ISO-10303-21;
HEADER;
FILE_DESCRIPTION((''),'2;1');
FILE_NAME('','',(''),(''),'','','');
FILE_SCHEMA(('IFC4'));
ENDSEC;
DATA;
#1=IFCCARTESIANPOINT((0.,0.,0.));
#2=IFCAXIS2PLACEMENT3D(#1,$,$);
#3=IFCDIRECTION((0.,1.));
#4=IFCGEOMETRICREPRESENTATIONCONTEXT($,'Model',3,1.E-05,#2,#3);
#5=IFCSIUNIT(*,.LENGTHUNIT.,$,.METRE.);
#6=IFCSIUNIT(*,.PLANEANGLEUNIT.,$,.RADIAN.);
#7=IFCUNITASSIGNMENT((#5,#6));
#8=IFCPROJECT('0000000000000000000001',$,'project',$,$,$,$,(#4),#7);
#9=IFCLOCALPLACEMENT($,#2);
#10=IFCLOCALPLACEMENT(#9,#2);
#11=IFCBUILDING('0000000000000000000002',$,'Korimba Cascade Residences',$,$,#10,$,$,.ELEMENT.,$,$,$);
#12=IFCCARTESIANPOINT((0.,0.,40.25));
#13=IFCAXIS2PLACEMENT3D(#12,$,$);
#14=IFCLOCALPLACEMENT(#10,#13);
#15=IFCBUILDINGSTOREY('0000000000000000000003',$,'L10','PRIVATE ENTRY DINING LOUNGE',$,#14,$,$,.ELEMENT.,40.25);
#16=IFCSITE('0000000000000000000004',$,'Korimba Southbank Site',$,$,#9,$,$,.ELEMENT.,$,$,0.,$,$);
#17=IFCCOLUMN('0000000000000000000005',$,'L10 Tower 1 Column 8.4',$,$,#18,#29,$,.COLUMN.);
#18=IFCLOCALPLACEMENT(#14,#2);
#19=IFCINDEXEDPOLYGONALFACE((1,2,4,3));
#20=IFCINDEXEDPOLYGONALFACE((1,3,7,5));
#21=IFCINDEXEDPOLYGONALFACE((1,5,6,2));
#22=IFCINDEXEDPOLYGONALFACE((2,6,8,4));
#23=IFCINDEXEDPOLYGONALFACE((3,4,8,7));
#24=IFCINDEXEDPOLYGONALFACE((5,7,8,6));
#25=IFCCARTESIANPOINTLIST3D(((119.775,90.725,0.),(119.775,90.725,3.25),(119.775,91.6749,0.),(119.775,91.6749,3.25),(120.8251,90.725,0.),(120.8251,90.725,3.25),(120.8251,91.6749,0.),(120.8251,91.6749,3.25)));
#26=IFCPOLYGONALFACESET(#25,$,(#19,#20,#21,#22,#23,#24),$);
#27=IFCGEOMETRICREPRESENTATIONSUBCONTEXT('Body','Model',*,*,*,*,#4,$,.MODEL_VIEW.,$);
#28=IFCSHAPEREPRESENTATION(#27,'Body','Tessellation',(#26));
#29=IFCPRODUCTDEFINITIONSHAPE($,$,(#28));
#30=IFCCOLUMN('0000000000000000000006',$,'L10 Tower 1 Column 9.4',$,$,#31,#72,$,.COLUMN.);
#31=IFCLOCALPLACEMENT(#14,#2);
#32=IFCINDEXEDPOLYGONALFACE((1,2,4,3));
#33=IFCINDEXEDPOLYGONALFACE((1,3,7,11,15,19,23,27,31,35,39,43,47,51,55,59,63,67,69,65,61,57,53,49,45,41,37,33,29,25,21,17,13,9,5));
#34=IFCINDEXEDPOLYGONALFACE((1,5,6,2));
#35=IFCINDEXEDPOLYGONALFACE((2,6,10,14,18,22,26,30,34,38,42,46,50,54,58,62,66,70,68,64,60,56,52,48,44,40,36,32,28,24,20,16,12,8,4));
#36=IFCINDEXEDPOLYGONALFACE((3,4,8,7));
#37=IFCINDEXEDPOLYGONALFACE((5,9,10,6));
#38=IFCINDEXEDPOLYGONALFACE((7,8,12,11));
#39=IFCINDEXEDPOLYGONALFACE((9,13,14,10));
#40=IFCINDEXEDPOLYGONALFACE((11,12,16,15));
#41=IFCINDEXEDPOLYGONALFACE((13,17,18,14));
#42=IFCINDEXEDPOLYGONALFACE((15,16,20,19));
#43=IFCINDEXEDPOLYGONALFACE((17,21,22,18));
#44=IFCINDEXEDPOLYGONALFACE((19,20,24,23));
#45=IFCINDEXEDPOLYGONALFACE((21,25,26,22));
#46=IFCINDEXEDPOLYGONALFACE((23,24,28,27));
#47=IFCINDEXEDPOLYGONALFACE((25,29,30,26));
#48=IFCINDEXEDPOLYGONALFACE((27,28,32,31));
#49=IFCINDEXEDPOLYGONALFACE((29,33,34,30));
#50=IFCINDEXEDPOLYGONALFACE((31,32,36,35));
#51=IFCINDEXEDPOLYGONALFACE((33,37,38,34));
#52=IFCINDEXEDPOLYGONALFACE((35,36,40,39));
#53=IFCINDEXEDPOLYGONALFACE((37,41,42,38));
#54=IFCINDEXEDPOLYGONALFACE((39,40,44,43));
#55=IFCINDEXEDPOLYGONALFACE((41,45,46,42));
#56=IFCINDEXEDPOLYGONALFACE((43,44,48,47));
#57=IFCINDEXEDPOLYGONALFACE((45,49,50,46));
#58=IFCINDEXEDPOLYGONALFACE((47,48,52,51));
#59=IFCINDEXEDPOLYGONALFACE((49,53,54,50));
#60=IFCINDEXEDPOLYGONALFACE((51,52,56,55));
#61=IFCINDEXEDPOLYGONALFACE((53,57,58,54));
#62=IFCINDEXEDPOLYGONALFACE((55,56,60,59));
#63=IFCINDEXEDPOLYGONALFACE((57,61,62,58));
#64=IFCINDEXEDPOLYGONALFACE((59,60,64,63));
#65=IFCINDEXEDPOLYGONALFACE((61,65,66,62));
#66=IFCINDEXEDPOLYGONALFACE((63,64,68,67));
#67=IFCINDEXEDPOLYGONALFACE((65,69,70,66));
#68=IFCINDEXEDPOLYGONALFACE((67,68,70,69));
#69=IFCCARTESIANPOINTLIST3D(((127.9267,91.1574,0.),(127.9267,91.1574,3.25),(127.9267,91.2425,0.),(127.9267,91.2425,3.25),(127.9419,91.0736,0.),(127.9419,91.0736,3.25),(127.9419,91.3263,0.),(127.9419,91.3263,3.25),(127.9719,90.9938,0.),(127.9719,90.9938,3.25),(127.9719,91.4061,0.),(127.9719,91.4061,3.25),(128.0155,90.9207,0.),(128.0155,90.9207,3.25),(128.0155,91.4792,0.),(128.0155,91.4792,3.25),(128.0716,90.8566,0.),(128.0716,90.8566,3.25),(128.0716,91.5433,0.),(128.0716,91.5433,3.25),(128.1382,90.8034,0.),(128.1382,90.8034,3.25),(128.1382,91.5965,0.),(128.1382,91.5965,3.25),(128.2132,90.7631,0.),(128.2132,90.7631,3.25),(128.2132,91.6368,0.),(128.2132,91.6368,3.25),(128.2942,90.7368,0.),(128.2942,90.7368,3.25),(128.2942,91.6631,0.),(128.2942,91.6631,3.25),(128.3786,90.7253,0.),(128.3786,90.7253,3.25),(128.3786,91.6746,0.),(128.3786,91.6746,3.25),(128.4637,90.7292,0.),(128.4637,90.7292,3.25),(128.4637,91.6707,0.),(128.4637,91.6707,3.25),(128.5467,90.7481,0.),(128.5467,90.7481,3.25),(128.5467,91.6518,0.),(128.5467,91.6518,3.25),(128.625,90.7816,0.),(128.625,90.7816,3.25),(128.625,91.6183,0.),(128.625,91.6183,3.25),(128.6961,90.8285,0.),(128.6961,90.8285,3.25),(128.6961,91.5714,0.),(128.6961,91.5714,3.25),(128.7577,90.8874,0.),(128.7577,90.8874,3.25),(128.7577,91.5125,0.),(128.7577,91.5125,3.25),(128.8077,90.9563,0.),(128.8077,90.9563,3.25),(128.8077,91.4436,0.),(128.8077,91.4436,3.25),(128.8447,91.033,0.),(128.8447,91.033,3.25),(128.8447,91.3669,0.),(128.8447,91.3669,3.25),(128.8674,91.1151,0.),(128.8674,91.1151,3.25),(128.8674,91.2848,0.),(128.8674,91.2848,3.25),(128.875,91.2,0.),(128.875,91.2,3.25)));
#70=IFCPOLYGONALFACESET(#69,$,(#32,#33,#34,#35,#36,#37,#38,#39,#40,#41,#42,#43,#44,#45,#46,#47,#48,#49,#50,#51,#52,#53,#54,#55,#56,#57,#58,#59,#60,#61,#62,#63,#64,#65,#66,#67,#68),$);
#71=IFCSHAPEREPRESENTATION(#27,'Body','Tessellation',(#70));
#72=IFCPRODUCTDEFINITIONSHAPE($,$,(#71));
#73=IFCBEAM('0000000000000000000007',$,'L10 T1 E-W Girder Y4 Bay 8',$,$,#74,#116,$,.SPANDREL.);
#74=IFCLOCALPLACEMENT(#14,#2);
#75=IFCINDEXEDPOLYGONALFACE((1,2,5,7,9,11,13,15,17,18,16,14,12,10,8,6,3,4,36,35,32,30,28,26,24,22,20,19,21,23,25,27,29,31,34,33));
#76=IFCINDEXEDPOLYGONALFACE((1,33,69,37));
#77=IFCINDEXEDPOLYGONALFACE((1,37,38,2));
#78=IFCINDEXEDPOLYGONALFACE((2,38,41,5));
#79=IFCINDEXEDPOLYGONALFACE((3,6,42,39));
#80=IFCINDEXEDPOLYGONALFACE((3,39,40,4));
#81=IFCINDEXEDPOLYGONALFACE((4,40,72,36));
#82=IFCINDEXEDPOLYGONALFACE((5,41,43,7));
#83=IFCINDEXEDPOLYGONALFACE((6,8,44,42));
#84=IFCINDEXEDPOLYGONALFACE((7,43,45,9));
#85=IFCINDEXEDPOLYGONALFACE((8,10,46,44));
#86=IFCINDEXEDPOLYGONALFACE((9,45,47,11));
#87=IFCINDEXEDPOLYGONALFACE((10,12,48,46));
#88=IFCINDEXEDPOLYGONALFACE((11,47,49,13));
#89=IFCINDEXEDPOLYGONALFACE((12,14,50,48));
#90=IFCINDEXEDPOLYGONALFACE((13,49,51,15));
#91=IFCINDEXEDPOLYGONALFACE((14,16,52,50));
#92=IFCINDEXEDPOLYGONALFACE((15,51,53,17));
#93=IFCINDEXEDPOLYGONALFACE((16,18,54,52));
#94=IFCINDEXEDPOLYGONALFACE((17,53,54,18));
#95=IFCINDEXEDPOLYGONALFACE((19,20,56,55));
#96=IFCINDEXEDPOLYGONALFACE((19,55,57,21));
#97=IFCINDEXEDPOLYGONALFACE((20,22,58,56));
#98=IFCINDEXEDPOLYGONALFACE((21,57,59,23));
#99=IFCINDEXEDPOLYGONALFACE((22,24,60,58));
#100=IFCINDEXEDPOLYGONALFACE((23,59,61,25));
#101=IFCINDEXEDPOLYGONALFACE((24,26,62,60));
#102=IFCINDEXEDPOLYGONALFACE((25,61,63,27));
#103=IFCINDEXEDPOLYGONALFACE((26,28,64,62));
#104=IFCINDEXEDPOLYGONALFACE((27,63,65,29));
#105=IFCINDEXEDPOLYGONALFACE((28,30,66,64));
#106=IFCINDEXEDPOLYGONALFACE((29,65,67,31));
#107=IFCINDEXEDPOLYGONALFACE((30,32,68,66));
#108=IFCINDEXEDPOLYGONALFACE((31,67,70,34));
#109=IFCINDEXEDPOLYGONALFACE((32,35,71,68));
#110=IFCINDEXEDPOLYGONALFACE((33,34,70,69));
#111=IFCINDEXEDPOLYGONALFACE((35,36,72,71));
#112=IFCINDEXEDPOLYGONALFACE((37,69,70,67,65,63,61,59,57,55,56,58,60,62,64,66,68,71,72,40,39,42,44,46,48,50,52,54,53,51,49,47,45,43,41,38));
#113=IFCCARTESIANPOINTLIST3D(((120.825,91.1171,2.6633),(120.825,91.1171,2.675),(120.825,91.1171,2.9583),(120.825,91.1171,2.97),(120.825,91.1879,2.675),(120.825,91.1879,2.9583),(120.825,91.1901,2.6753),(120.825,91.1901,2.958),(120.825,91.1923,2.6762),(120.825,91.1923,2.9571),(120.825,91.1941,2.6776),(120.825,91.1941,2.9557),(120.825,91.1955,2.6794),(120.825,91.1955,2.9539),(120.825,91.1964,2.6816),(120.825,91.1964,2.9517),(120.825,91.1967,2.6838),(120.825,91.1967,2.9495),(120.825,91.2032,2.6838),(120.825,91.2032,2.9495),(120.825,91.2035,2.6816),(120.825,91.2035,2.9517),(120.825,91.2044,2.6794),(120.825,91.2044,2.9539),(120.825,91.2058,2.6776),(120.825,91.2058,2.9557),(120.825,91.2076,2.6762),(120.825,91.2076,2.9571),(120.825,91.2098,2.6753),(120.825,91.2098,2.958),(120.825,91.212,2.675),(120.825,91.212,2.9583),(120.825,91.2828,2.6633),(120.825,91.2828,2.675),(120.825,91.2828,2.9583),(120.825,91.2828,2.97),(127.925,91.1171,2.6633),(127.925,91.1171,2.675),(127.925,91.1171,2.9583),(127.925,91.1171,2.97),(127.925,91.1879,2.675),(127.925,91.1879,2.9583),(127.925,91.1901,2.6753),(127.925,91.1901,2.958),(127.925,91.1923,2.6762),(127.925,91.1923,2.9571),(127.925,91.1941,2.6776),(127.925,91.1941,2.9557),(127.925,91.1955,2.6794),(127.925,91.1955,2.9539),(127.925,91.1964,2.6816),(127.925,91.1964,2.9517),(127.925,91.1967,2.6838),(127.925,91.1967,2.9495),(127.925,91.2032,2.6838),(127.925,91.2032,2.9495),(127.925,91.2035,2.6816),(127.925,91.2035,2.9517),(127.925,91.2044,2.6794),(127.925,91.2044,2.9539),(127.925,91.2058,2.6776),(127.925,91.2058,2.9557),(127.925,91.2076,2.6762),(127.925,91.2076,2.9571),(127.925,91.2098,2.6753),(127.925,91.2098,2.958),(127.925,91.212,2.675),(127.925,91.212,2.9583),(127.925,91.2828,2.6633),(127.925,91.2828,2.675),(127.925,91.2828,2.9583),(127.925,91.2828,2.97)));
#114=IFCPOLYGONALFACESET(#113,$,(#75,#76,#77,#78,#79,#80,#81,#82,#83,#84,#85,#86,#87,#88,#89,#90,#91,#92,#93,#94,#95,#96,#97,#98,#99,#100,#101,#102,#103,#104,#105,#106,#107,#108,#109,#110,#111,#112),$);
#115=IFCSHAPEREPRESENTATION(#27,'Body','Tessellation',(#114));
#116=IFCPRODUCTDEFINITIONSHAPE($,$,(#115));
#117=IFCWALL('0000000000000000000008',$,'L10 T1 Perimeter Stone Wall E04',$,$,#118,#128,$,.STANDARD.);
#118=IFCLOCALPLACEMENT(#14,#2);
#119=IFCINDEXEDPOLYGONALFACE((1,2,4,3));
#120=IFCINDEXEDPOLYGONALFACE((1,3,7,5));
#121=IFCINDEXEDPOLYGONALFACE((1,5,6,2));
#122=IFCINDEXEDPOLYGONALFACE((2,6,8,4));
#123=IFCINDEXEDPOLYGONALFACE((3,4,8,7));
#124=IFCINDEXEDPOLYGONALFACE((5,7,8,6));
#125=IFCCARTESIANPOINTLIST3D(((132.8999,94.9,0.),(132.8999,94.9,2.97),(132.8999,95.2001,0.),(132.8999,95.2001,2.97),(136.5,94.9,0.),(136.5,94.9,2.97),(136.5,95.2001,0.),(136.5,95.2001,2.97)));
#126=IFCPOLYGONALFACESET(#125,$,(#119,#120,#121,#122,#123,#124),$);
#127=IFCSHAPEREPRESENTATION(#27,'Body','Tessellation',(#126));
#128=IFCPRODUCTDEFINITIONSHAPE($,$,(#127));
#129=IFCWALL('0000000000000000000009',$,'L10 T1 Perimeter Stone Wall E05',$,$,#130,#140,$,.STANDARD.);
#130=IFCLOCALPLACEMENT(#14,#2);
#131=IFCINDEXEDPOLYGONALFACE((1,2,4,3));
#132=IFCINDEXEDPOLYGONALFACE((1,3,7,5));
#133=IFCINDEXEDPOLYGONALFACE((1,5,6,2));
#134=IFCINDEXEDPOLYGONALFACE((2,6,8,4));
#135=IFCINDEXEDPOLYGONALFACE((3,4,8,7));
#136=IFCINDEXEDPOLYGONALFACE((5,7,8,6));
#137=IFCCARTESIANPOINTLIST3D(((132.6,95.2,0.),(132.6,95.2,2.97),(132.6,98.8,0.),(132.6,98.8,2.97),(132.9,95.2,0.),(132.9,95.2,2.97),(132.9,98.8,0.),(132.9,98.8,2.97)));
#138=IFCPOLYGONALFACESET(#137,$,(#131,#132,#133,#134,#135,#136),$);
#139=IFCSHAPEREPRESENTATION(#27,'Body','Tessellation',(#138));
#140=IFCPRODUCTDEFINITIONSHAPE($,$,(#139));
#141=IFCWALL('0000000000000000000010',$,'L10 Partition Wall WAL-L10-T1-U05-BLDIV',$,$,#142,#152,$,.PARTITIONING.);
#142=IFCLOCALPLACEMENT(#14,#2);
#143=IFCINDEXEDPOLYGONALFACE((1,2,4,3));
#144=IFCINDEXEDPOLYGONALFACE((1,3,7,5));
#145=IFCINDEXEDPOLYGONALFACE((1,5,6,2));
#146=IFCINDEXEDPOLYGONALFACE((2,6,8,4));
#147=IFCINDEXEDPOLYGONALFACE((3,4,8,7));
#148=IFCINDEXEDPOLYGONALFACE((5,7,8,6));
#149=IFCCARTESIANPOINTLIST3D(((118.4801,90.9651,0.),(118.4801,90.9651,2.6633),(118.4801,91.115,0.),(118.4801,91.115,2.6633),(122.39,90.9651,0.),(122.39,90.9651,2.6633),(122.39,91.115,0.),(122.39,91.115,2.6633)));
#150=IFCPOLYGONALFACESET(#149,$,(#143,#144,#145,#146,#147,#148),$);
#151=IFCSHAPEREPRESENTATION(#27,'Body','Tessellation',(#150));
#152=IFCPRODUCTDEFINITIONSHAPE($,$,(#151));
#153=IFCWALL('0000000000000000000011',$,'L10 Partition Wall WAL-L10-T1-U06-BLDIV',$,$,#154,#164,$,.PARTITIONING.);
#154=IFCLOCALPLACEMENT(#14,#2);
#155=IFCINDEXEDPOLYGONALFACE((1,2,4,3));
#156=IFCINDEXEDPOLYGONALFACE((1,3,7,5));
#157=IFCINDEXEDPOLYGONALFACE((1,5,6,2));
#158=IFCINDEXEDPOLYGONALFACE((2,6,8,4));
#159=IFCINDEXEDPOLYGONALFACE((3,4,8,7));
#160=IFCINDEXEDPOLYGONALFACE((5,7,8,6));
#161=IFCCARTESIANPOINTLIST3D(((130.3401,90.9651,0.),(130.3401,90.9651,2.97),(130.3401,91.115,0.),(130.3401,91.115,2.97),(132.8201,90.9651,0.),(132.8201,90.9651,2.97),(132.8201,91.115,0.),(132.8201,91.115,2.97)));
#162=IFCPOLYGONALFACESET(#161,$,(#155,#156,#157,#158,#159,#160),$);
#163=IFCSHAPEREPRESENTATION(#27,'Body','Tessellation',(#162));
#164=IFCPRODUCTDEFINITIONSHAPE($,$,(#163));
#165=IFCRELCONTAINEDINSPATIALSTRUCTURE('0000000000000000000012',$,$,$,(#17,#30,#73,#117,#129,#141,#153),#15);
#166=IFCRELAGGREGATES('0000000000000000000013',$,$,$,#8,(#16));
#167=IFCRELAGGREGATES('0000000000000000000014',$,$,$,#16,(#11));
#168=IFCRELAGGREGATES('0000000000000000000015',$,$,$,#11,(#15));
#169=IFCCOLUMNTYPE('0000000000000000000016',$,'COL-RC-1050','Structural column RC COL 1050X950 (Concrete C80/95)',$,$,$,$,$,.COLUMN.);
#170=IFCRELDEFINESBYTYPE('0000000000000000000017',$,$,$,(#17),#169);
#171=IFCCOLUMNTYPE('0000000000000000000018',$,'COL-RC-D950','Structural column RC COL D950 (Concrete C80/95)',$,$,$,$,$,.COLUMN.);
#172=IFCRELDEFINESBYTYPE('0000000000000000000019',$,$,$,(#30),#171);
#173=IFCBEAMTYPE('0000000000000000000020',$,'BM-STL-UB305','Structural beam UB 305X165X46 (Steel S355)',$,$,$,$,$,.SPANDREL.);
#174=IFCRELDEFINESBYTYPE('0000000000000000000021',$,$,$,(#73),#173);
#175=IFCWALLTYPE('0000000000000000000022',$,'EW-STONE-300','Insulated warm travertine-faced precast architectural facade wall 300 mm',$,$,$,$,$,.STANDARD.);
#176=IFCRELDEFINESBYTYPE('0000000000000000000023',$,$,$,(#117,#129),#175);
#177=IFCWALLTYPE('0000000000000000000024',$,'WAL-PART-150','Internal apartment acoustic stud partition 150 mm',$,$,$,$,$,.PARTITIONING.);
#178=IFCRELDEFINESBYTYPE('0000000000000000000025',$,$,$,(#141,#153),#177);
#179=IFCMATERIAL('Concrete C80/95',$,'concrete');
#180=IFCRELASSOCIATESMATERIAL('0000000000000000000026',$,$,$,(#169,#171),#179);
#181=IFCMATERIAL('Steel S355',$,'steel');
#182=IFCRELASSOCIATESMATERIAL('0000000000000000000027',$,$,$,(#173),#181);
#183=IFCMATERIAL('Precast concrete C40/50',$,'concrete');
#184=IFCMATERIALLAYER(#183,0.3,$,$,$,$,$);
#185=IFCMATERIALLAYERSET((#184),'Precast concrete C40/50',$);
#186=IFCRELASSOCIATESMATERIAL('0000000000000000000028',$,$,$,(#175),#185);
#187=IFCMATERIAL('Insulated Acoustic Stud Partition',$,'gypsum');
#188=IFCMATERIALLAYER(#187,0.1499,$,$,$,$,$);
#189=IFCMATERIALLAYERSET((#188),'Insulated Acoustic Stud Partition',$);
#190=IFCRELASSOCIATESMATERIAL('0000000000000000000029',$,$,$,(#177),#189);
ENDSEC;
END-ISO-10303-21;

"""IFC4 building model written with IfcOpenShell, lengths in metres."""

from ifc_helpers import new_model, si_unit, direction, frame, frame_2d, origin, origin_2d, place, context, subcontext, project, spatial, rectangle, circle, i_section, extrude, material, layer, layer_set, material_profile, profile_set, type_object, element, save


model = new_model("IFC4")

# Units and contexts
model_context = context("Model", 3, precision=1e-05, world=origin(), true_north=direction((0.0, 1.0)))
body_context = subcontext(model_context, "Body", "Model", "MODEL_VIEW")
ifc_project = project(units=[si_unit("LENGTHUNIT", "METRE"), si_unit("PLANEANGLEUNIT", "RADIAN")], contexts=[model_context])

# Site, building, storey
site_placement = place(None, origin())
site = spatial("IfcSite", under=ifc_project, at=site_placement, Name="Korimba Southbank Site", CompositionType="ELEMENT", RefElevation=0.0)
building_placement = place(site_placement, origin())
building = spatial("IfcBuilding", under=site, at=building_placement, Name="Korimba Cascade Residences", CompositionType="ELEMENT")
storey_placement = place(building_placement, frame((0.0, 0.0, 40.25)))
storey = spatial("IfcBuildingStorey", under=building, at=storey_placement, Name="L10", Description="PRIVATE ENTRY DINING LOUNGE", CompositionType="ELEMENT", Elevation=40.25)

# Columns
ifc_material_1 = material(Name="Concrete C80/95", Category="concrete")
ifc_material_profile_1 = material_profile(ifc_material_1, rectangle(XDim=1.05, YDim=0.95, at=origin_2d()), Name="Concrete C80/95")
ifc_profile_set_1 = profile_set([ifc_material_profile_1], Name="Concrete C80/95")
column_type_1 = type_object("IfcColumnType", Name="COL-RC-1050", Description="Structural column RC COL 1050X950 (Concrete C80/95)", PredefinedType="COLUMN", material=ifc_profile_set_1)
column_1_placement = place(storey_placement, frame((120.3, 91.2, 0.0), z_axis=(0.0, 0.0, 1.0), x_axis=(1.0, 0.0, 0.0)))
element("IfcColumn", 1, at=column_1_placement, inside=storey, type_object=column_type_1, Name="L10 Tower 1 Column 8.4", PredefinedType="COLUMN", context=body_context, shape_type="SweptSolid", body=[
    extrude(rectangle(XDim=1.05, YDim=0.95, at=origin_2d()), origin(), (0.0, 0.0, 1.0), 3.25),
])
ifc_material_profile_2 = material_profile(ifc_material_1, circle(Radius=0.4751, at=origin_2d()), Name="Concrete C80/95")
ifc_profile_set_2 = profile_set([ifc_material_profile_2], Name="Concrete C80/95")
column_type_2 = type_object("IfcColumnType", Name="COL-RC-D950", Description="Structural column RC COL D950 (Concrete C80/95)", PredefinedType="COLUMN", material=ifc_profile_set_2)
column_2_placement = place(storey_placement, frame((128.3999, 91.2, 0.0), z_axis=(0.0, 0.0, 1.0), x_axis=(1.0, 0.0, 0.0)))
element("IfcColumn", 2, at=column_2_placement, inside=storey, type_object=column_type_2, Name="L10 Tower 1 Column 9.4", PredefinedType="COLUMN", context=body_context, shape_type="SweptSolid", body=[
    extrude(circle(Radius=0.4751, at=origin_2d()), origin(), (0.0, 0.0, 1.0), 3.25),
])

# Beam
ifc_material_2 = material(Name="Steel S355", Category="steel")
ifc_material_profile_3 = material_profile(ifc_material_2, i_section(OverallWidth=0.1658, OverallDepth=0.3066, WebThickness=0.0066, FlangeThickness=0.0117, FilletRadius=0.0088, at=origin_2d()), Name="Steel S355")
ifc_profile_set_3 = profile_set([ifc_material_profile_3], Name="Steel S355")
beam_type = type_object("IfcBeamType", Name="BM-STL-UB305", Description="Structural beam UB 305X165X46 (Steel S355)", PredefinedType="SPANDREL", material=ifc_profile_set_3)
beam_placement = place(storey_placement, frame((120.825, 91.2, 2.8167), z_axis=(1.0, 0.0, 0.0), x_axis=(0.0, 1.0, 0.0)))
element("IfcBeam", 3, at=beam_placement, inside=storey, type_object=beam_type, Name="L10 T1 E-W Girder Y4 Bay 8", PredefinedType="SPANDREL", context=body_context, shape_type="SweptSolid", body=[
    extrude(i_section(OverallWidth=0.1658, OverallDepth=0.3066, WebThickness=0.0066, FlangeThickness=0.0117, FilletRadius=0.0088, at=origin_2d()), origin(), (0.0, 0.0, 1.0), 7.1001),
])

# Shared definitions
ifc_material_3 = material(Name="Precast concrete C40/50", Category="concrete")

# Walls
ifc_layer_1 = layer(ifc_material_3, 0.3)
ifc_layer_set_1 = layer_set([ifc_layer_1], Name="Precast concrete C40/50")
wall_type_1 = type_object("IfcWallType", Name="EW-STONE-300", Description="Insulated warm travertine-faced precast architectural facade wall 300 mm", PredefinedType="STANDARD", material=ifc_layer_set_1)
for number, where, z_axis, x_axis, name in (
    (4, (136.5, 95.05, 0.0), (0.0, 0.0, 1.0), (-1.0, 0.0, 0.0), "L10 T1 Perimeter Stone Wall E04"),
    (5, (132.75, 95.2, 0.0), (0.0, 0.0, 1.0), (0.0, 1.0, 0.0), "L10 T1 Perimeter Stone Wall E05"),
):
    element("IfcWall", number, at=place(storey_placement, frame(where, z_axis=z_axis, x_axis=x_axis)), inside=storey, type_object=wall_type_1, Name=name, PredefinedType="STANDARD", context=body_context, shape_type="SweptSolid", body=[
        extrude(rectangle(XDim=3.6001, YDim=0.3, at=frame_2d((1.8, 0.0))), origin(), (0.0, 0.0, 1.0), 2.97),
    ])
ifc_material_4 = material(Name="Insulated Acoustic Stud Partition", Category="gypsum")
ifc_layer_2 = layer(ifc_material_4, 0.1499)
ifc_layer_set_2 = layer_set([ifc_layer_2], Name="Insulated Acoustic Stud Partition")
wall_type_2 = type_object("IfcWallType", Name="WAL-PART-150", Description="Internal apartment acoustic stud partition 150 mm", PredefinedType="PARTITIONING", material=ifc_layer_set_2)
wall_1_placement = place(storey_placement, frame((118.48, 91.04, 0.0), z_axis=(0.0, 0.0, 1.0), x_axis=(1.0, 0.0, 0.0)))
element("IfcWall", 6, at=wall_1_placement, inside=storey, type_object=wall_type_2, Name="L10 Partition Wall WAL-L10-T1-U05-BLDIV", PredefinedType="PARTITIONING", context=body_context, shape_type="SweptSolid", body=[
    extrude(rectangle(XDim=3.9099, YDim=0.1499, at=frame_2d((1.9551, 0.0))), origin(), (0.0, 0.0, 1.0), 2.6633),
])
wall_2_placement = place(storey_placement, frame((130.3401, 91.04, 0.0), z_axis=(0.0, 0.0, 1.0), x_axis=(1.0, 0.0, 0.0)))
element("IfcWall", 7, at=wall_2_placement, inside=storey, type_object=wall_type_2, Name="L10 Partition Wall WAL-L10-T1-U06-BLDIV", PredefinedType="PARTITIONING", context=body_context, shape_type="SweptSolid", body=[
    extrude(rectangle(XDim=2.48, YDim=0.1499, at=frame_2d((1.24, 0.0))), origin(), (0.0, 0.0, 1.0), 2.97),
])

save(model, "model.ifc")
